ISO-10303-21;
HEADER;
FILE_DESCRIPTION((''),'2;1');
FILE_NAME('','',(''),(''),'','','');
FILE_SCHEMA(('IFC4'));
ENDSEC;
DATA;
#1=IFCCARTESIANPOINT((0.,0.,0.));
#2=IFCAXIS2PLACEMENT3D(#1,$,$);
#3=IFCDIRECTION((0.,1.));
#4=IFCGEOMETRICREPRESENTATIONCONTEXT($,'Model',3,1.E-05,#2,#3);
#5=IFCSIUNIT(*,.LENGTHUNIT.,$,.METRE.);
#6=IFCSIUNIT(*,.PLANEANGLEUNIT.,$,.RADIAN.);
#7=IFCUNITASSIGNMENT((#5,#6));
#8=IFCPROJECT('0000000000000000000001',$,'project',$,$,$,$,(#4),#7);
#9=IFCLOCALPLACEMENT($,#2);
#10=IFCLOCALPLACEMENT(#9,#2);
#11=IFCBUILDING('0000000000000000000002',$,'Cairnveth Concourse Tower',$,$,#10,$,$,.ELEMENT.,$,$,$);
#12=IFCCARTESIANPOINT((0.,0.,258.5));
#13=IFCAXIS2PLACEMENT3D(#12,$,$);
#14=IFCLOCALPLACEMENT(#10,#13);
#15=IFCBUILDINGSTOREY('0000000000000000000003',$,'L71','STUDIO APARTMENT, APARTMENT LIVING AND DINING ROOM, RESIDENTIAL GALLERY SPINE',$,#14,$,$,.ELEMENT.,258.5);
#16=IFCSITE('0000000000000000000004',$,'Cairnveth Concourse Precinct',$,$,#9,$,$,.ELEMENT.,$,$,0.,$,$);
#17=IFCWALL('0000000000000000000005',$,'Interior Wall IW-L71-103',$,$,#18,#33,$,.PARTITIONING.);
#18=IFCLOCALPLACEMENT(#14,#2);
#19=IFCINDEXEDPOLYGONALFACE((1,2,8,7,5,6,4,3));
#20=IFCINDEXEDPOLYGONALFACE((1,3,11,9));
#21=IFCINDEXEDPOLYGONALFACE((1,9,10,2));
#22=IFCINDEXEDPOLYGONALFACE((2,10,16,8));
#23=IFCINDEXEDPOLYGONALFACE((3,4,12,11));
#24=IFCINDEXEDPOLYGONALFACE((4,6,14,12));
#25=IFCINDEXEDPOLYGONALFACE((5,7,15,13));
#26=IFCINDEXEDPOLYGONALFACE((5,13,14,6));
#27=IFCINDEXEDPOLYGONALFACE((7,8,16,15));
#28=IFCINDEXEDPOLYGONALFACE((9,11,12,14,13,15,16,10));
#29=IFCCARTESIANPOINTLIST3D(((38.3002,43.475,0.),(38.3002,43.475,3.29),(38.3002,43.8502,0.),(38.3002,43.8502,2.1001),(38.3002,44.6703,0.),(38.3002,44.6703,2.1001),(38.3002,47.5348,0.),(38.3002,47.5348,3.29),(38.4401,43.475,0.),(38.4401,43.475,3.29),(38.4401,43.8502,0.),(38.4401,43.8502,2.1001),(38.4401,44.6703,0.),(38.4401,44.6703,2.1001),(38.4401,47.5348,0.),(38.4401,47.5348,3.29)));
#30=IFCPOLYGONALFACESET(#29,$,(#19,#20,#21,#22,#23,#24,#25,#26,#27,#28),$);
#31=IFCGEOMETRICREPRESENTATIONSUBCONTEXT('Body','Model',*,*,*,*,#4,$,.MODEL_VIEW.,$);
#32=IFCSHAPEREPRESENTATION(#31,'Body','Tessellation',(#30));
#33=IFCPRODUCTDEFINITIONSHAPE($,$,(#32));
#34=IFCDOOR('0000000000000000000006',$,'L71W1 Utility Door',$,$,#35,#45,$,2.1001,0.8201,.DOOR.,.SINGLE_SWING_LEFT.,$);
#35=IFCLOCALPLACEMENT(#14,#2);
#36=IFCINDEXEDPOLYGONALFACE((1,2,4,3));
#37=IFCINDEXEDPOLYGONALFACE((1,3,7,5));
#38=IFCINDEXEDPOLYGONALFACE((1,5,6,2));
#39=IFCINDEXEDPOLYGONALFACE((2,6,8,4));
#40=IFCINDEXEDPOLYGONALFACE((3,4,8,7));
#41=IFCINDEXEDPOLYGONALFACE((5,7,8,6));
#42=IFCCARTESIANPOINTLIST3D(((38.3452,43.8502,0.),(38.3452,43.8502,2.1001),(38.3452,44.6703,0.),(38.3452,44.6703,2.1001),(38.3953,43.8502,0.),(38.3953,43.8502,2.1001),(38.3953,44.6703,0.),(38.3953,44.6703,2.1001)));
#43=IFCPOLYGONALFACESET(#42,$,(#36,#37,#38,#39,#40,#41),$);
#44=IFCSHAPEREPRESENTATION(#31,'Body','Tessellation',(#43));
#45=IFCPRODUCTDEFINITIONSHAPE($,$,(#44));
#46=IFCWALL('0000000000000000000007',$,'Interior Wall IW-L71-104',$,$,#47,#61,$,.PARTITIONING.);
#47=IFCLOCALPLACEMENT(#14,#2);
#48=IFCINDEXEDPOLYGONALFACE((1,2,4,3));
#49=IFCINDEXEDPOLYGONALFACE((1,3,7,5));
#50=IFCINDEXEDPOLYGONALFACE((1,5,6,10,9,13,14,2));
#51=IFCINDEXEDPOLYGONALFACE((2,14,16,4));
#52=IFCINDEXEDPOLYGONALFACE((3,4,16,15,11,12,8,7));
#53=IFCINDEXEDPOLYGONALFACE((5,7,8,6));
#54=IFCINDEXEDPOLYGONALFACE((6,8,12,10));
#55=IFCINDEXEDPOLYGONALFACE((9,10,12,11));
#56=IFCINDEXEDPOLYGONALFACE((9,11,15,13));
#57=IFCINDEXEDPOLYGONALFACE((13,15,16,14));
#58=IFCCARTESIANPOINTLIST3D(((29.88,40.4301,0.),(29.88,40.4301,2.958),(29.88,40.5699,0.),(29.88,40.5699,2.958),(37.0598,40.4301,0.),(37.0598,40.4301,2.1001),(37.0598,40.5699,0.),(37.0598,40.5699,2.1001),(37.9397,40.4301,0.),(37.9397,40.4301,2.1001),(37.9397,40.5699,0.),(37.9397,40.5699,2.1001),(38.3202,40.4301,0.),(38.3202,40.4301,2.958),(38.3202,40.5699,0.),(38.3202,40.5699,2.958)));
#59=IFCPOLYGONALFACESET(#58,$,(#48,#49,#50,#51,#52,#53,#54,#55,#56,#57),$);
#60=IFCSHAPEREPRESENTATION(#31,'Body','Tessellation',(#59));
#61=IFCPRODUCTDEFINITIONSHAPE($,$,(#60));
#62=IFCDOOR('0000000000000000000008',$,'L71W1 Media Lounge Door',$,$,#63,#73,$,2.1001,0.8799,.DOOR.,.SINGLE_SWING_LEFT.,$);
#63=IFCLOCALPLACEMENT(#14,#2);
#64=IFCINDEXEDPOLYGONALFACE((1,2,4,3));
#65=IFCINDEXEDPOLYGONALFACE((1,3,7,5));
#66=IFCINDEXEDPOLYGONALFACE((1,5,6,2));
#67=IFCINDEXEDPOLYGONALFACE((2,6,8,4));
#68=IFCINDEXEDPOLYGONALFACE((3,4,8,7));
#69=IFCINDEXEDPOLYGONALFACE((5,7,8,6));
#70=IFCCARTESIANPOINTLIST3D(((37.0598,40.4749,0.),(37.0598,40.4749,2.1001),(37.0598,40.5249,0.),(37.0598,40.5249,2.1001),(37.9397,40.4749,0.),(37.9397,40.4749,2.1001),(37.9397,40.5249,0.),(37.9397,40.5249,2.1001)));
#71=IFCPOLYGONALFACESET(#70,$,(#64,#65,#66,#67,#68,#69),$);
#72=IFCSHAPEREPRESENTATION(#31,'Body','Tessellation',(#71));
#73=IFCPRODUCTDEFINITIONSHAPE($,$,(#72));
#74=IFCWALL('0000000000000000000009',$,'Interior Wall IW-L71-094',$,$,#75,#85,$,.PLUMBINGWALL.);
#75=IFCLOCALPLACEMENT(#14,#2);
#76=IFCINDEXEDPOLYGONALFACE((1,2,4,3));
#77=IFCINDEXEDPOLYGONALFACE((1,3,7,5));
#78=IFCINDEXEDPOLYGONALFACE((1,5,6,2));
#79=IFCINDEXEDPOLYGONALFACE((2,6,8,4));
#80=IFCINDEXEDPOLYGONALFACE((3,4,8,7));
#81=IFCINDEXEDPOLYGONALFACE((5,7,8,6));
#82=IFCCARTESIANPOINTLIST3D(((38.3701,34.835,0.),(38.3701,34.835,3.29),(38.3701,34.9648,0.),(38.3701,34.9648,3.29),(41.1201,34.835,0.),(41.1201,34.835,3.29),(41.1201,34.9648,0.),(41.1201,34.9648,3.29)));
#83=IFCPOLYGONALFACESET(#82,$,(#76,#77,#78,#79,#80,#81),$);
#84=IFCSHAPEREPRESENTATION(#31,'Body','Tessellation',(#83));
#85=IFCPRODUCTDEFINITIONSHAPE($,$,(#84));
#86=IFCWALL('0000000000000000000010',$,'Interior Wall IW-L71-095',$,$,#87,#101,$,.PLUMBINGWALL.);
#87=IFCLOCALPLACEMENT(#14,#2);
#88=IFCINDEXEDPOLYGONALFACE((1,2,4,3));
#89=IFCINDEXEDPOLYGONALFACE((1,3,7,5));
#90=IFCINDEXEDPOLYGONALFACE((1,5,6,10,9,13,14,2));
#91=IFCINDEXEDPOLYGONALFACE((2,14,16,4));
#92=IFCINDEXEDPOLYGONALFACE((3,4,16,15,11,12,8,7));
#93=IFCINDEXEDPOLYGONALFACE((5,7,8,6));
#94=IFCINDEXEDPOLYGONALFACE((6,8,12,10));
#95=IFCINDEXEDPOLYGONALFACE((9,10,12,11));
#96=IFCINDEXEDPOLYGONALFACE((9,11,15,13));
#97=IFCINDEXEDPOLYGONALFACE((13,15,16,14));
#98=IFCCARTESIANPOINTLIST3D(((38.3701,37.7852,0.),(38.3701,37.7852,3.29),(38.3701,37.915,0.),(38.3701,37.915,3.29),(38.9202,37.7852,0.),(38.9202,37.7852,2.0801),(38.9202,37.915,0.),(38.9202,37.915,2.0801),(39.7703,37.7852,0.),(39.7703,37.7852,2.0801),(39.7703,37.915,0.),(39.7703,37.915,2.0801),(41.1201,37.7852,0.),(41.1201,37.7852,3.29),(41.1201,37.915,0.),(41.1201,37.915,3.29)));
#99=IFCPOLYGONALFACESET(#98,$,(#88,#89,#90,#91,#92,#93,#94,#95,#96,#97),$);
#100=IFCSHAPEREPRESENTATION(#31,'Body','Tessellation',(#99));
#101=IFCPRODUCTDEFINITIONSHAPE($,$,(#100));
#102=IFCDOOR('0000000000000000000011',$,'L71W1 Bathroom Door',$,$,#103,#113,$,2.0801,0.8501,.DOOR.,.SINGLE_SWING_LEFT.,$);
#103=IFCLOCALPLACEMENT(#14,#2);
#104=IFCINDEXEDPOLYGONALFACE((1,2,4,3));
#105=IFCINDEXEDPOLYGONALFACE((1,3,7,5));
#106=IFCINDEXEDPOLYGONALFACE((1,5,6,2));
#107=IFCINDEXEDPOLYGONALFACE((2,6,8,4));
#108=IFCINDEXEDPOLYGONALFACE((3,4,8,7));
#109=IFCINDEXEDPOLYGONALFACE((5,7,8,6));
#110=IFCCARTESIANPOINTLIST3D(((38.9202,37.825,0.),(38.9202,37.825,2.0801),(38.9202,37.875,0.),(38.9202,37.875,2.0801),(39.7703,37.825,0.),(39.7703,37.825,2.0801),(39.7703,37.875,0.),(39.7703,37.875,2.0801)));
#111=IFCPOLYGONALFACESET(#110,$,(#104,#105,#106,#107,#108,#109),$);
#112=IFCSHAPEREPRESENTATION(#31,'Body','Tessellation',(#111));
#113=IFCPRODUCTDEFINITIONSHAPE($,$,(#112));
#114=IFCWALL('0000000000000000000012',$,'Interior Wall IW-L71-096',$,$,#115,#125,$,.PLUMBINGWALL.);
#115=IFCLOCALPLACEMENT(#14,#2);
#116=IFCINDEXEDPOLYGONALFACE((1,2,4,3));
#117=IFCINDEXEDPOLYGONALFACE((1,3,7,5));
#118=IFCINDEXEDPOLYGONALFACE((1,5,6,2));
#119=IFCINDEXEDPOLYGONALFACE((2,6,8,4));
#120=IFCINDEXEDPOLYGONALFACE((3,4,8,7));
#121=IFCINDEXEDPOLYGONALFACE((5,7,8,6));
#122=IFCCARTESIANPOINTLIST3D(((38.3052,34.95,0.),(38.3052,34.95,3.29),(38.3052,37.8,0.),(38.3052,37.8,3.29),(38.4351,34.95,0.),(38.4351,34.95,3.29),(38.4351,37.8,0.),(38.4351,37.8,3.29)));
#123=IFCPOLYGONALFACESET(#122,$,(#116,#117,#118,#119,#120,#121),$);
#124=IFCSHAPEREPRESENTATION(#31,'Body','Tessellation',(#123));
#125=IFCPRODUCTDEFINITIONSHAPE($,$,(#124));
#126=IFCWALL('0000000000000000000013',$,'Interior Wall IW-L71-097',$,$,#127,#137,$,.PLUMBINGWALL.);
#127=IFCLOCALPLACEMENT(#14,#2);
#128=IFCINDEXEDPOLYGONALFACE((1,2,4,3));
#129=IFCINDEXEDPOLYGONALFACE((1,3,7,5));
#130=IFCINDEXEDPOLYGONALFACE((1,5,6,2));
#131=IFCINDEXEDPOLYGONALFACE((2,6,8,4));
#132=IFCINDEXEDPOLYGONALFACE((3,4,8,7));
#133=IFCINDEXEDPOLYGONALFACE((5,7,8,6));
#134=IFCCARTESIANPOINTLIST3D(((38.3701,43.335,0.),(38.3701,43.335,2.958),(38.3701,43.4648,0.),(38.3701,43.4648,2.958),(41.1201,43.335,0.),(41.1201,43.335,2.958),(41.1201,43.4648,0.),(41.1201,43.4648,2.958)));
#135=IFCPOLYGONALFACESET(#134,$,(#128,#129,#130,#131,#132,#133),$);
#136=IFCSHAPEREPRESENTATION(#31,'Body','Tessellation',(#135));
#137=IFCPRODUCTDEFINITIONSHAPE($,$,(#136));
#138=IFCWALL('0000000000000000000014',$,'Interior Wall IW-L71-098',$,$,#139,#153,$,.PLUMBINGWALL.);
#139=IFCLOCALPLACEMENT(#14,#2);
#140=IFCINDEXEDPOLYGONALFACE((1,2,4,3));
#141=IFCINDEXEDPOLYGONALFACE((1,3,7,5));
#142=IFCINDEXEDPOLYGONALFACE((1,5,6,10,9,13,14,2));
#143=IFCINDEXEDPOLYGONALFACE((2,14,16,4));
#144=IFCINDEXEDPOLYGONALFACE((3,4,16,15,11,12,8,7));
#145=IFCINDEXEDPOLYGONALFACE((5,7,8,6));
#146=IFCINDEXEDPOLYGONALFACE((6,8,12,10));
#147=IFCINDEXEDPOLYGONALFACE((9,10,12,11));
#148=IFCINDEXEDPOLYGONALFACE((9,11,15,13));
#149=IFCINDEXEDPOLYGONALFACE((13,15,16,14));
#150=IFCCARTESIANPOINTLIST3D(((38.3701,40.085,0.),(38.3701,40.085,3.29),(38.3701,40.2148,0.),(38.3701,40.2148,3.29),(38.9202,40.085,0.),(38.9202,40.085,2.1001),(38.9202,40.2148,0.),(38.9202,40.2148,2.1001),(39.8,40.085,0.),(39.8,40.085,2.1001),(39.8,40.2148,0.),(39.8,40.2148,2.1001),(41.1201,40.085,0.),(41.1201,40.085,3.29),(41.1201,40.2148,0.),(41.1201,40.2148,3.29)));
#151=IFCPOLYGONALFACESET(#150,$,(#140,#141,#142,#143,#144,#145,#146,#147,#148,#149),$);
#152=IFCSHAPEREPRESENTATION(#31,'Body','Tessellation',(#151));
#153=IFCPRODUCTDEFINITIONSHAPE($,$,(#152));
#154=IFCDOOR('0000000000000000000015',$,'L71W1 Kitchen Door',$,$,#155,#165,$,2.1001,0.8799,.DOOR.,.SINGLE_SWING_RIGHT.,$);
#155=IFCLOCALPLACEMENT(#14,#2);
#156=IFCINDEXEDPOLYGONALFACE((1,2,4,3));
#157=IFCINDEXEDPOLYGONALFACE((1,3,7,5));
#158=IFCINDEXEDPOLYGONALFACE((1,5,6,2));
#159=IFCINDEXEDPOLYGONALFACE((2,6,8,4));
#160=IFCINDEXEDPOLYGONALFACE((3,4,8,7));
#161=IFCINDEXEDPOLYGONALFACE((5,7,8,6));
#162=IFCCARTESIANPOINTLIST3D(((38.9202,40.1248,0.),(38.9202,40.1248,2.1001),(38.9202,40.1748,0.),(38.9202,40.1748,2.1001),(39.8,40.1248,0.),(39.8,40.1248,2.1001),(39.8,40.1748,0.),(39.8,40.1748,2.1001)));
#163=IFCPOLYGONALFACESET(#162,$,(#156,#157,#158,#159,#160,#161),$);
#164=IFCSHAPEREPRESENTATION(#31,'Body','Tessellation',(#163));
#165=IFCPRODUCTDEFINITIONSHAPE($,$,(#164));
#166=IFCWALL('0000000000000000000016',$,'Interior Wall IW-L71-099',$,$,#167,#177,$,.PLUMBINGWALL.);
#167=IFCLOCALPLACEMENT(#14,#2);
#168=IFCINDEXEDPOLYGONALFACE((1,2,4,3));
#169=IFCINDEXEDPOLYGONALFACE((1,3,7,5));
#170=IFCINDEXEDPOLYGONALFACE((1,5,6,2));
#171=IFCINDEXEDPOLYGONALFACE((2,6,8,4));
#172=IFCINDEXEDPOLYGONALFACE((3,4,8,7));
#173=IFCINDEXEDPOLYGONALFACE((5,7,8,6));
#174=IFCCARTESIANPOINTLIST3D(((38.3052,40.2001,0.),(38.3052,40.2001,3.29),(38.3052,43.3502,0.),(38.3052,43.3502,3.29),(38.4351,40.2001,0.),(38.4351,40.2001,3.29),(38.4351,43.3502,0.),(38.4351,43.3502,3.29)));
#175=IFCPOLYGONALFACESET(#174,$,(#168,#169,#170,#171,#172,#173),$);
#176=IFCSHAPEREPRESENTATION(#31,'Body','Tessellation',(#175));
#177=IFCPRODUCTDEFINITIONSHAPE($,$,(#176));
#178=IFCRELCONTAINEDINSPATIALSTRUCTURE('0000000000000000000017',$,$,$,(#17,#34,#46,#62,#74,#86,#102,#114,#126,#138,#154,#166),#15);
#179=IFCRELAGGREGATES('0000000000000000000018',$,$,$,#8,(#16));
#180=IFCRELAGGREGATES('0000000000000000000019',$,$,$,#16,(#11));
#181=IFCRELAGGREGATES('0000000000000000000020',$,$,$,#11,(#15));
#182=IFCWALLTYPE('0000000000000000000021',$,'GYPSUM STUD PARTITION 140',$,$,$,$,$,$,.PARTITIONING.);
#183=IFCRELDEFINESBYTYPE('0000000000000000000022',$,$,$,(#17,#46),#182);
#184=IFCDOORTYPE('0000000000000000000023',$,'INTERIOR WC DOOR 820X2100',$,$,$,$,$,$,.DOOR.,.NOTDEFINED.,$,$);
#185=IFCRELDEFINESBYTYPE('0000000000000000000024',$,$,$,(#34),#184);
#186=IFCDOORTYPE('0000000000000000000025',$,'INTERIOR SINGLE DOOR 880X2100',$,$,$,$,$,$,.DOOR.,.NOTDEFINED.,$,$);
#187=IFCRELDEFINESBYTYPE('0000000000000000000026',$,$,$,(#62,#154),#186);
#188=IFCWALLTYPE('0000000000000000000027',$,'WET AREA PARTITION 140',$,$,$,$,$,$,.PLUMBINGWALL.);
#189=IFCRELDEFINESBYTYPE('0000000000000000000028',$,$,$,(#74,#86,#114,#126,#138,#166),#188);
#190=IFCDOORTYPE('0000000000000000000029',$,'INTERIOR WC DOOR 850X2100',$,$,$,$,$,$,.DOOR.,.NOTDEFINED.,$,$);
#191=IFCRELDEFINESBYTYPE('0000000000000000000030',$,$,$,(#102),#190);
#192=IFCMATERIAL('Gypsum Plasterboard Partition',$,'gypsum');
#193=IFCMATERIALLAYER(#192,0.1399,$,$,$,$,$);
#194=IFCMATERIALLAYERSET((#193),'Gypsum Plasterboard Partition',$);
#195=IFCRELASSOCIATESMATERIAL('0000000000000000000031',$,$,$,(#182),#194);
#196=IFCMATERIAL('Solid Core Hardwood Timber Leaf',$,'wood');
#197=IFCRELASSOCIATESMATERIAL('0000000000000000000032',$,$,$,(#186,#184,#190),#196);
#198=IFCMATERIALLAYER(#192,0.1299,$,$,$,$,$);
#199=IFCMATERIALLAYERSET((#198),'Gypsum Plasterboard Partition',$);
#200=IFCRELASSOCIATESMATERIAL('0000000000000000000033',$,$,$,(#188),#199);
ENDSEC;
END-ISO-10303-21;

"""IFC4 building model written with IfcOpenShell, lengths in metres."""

from ifc_helpers import new_model, si_unit, direction, frame, frame_2d, origin, place, context, subcontext, project, spatial, rectangle, extrude, material, layer, layer_set, type_object, element, fill, save


model = new_model("IFC4")

# Units and contexts
model_context = context("Model", 3, precision=1e-05, world=origin(), true_north=direction((0.0, 1.0)))
body_context = subcontext(model_context, "Body", "Model", "MODEL_VIEW")
ifc_project = project(units=[si_unit("LENGTHUNIT", "METRE"), si_unit("PLANEANGLEUNIT", "RADIAN")], contexts=[model_context])

# Site, building, storey
site_placement = place(None, origin())
site = spatial("IfcSite", under=ifc_project, at=site_placement, Name="Cairnveth Concourse Precinct", CompositionType="ELEMENT", RefElevation=0.0)
building_placement = place(site_placement, origin())
building = spatial("IfcBuilding", under=site, at=building_placement, Name="Cairnveth Concourse Tower", CompositionType="ELEMENT")
storey_placement = place(building_placement, frame((0.0, 0.0, 258.5)))
storey = spatial("IfcBuildingStorey", under=building, at=storey_placement, Name="L71", Description="STUDIO APARTMENT, APARTMENT LIVING AND DINING ROOM, RESIDENTIAL GALLERY SPINE", CompositionType="ELEMENT", Elevation=258.5)

# Walls, openings, doors
ifc_material_1 = material(Name="Gypsum Plasterboard Partition", Category="gypsum")
ifc_layer_1 = layer(ifc_material_1, 0.1399)
ifc_layer_set_1 = layer_set([ifc_layer_1], Name="Gypsum Plasterboard Partition")
wall_type_1 = type_object("IfcWallType", Name="GYPSUM STUD PARTITION 140", PredefinedType="PARTITIONING", material=ifc_layer_set_1)
ifc_material_2 = material(Name="Solid Core Hardwood Timber Leaf", Category="wood")
door_type_1 = type_object("IfcDoorType", Name="INTERIOR SINGLE DOOR 880X2100", OperationType="NOTDEFINED", PredefinedType="DOOR", material=ifc_material_2)
wall_1_placement = place(storey_placement, frame((38.3701, 43.4751, 0.0), z_axis=(0.0, 0.0, 1.0), x_axis=(0.0, 1.0, 0.0)))
wall_1 = element("IfcWall", 1, at=wall_1_placement, inside=storey, type_object=wall_type_1, Name="Interior Wall IW-L71-103", PredefinedType="PARTITIONING", context=body_context, shape_type="SweptSolid", body=[
    extrude(rectangle(XDim=4.0598, YDim=0.1399, at=frame_2d((2.0298, 0.0))), origin(), (0.0, 0.0, 1.0), 3.29),
])
opening_1_placement = place(wall_1_placement, frame((0.375, 0.0, 0.0)))
opening_1 = element("IfcOpeningElement", 2, at=opening_1_placement, cuts=wall_1, PredefinedType="OPENING", context=body_context, shape_type="SweptSolid", body=[
    extrude(rectangle(XDim=0.8201, YDim=2.1001, at=frame_2d((0.4102, 1.05))), frame((0.0, 0.0798, 0.0), z_axis=(0.0, -1.0, 0.0), x_axis=(1.0, 0.0, 0.0)), (0.0, 0.0, 1.0), 0.1599),
])
door_type_2 = type_object("IfcDoorType", Name="INTERIOR WC DOOR 820X2100", OperationType="NOTDEFINED", PredefinedType="DOOR", material=ifc_material_2)
door_1_placement = place(opening_1_placement, origin())
door_1 = element("IfcDoor", 3, at=door_1_placement, inside=storey, type_object=door_type_2, Name="L71W1 Utility Door", OperationType="SINGLE_SWING_LEFT", OverallHeight=2.1001, OverallWidth=0.8201, PredefinedType="DOOR", context=body_context, shape_type="SweptSolid", body=[
    extrude(rectangle(XDim=0.8201, YDim=2.1001, at=frame_2d((0.4102, 1.05))), frame((0.0, 0.0249, 0.0), z_axis=(0.0, -1.0, 0.0), x_axis=(1.0, 0.0, 0.0)), (0.0, 0.0, 1.0), 0.05),
])
fill(opening_1, door_1)
wall_2_placement = place(storey_placement, frame((29.8799, 40.5, 0.0), z_axis=(0.0, 0.0, 1.0), x_axis=(1.0, 0.0, 0.0)))
wall_2 = element("IfcWall", 4, at=wall_2_placement, inside=storey, type_object=wall_type_1, Name="Interior Wall IW-L71-104", PredefinedType="PARTITIONING", context=body_context, shape_type="SweptSolid", body=[
    extrude(rectangle(XDim=8.4402, YDim=0.1399, at=frame_2d((4.2202, 0.0))), origin(), (0.0, 0.0, 1.0), 2.958),
])
opening_2_placement = place(wall_2_placement, frame((7.1799, 0.0, 0.0)))
opening_2 = element("IfcOpeningElement", 5, at=opening_2_placement, cuts=wall_2, PredefinedType="OPENING", context=body_context, shape_type="SweptSolid", body=[
    extrude(rectangle(XDim=0.8799, YDim=2.1001, at=frame_2d((0.4399, 1.05))), frame((0.0, 0.0798, 0.0), z_axis=(0.0, -1.0, 0.0), x_axis=(1.0, 0.0, 0.0)), (0.0, 0.0, 1.0), 0.1599),
])
door_2_placement = place(opening_2_placement, origin())
door_2 = element("IfcDoor", 6, at=door_2_placement, inside=storey, type_object=door_type_1, Name="L71W1 Media Lounge Door", OperationType="SINGLE_SWING_LEFT", OverallHeight=2.1001, OverallWidth=0.8799, PredefinedType="DOOR", context=body_context, shape_type="SweptSolid", body=[
    extrude(rectangle(XDim=0.8799, YDim=2.1001, at=frame_2d((0.4399, 1.05))), frame((0.0, 0.0249, 0.0), z_axis=(0.0, -1.0, 0.0), x_axis=(1.0, 0.0, 0.0)), (0.0, 0.0, 1.0), 0.05),
])
fill(opening_2, door_2)

# Wall
ifc_layer_2 = layer(ifc_material_1, 0.1299)
ifc_layer_set_2 = layer_set([ifc_layer_2], Name="Gypsum Plasterboard Partition")
wall_type_2 = type_object("IfcWallType", Name="WET AREA PARTITION 140", PredefinedType="PLUMBINGWALL", material=ifc_layer_set_2)
wall_3_placement = place(storey_placement, frame((38.3701, 34.8999, 0.0), z_axis=(0.0, 0.0, 1.0), x_axis=(1.0, 0.0, 0.0)))
element("IfcWall", 7, at=wall_3_placement, inside=storey, type_object=wall_type_2, Name="Interior Wall IW-L71-094", PredefinedType="PLUMBINGWALL", context=body_context, shape_type="SweptSolid", body=[
    extrude(rectangle(XDim=2.75, YDim=0.1299, at=frame_2d((1.375, 0.0))), origin(), (0.0, 0.0, 1.0), 3.29),
])

# Wall, opening, door
wall_4_placement = place(storey_placement, frame((38.3701, 37.8501, 0.0), z_axis=(0.0, 0.0, 1.0), x_axis=(1.0, 0.0, 0.0)))
wall_4 = element("IfcWall", 8, at=wall_4_placement, inside=storey, type_object=wall_type_2, Name="Interior Wall IW-L71-095", PredefinedType="PLUMBINGWALL", context=body_context, shape_type="SweptSolid", body=[
    extrude(rectangle(XDim=2.75, YDim=0.1299, at=frame_2d((1.375, 0.0))), origin(), (0.0, 0.0, 1.0), 3.29),
])
opening_3_placement = place(wall_4_placement, frame((0.55, 0.0, 0.0)))
opening_3 = element("IfcOpeningElement", 9, at=opening_3_placement, cuts=wall_4, PredefinedType="OPENING", context=body_context, shape_type="SweptSolid", body=[
    extrude(rectangle(XDim=0.8501, YDim=2.0801, at=frame_2d((0.425, 1.04))), frame((0.0, 0.075, 0.0), z_axis=(0.0, -1.0, 0.0), x_axis=(1.0, 0.0, 0.0)), (0.0, 0.0, 1.0), 0.1499),
])
door_type_3 = type_object("IfcDoorType", Name="INTERIOR WC DOOR 850X2100", OperationType="NOTDEFINED", PredefinedType="DOOR", material=ifc_material_2)
door_3_placement = place(opening_3_placement, origin())
door_3 = element("IfcDoor", 10, at=door_3_placement, inside=storey, type_object=door_type_3, Name="L71W1 Bathroom Door", OperationType="SINGLE_SWING_LEFT", OverallHeight=2.0801, OverallWidth=0.8501, PredefinedType="DOOR", context=body_context, shape_type="SweptSolid", body=[
    extrude(rectangle(XDim=0.8501, YDim=2.0801, at=frame_2d((0.425, 1.04))), frame((0.0, 0.0249, 0.0), z_axis=(0.0, -1.0, 0.0), x_axis=(1.0, 0.0, 0.0)), (0.0, 0.0, 1.0), 0.05),
])
fill(opening_3, door_3)

# Walls
wall_5_placement = place(storey_placement, frame((38.3701, 34.95, 0.0), z_axis=(0.0, 0.0, 1.0), x_axis=(0.0, 1.0, 0.0)))
element("IfcWall", 11, at=wall_5_placement, inside=storey, type_object=wall_type_2, Name="Interior Wall IW-L71-096", PredefinedType="PLUMBINGWALL", context=body_context, shape_type="SweptSolid", body=[
    extrude(rectangle(XDim=2.8501, YDim=0.1299, at=frame_2d((1.425, 0.0))), origin(), (0.0, 0.0, 1.0), 3.29),
])
wall_6_placement = place(storey_placement, frame((38.3701, 43.3999, 0.0), z_axis=(0.0, 0.0, 1.0), x_axis=(1.0, 0.0, 0.0)))
element("IfcWall", 12, at=wall_6_placement, inside=storey, type_object=wall_type_2, Name="Interior Wall IW-L71-097", PredefinedType="PLUMBINGWALL", context=body_context, shape_type="SweptSolid", body=[
    extrude(rectangle(XDim=2.75, YDim=0.1299, at=frame_2d((1.375, 0.0))), origin(), (0.0, 0.0, 1.0), 2.958),
])

# Wall, opening, door
wall_7_placement = place(storey_placement, frame((38.3701, 40.1499, 0.0), z_axis=(0.0, 0.0, 1.0), x_axis=(1.0, 0.0, 0.0)))
wall_7 = element("IfcWall", 13, at=wall_7_placement, inside=storey, type_object=wall_type_2, Name="Interior Wall IW-L71-098", PredefinedType="PLUMBINGWALL", context=body_context, shape_type="SweptSolid", body=[
    extrude(rectangle(XDim=2.75, YDim=0.1299, at=frame_2d((1.375, 0.0))), origin(), (0.0, 0.0, 1.0), 3.29),
])
opening_4_placement = place(wall_7_placement, frame((0.55, 0.0, 0.0)))
opening_4 = element("IfcOpeningElement", 14, at=opening_4_placement, cuts=wall_7, PredefinedType="OPENING", context=body_context, shape_type="SweptSolid", body=[
    extrude(rectangle(XDim=0.8799, YDim=2.1001, at=frame_2d((0.4399, 1.05))), frame((0.0, 0.075, 0.0), z_axis=(0.0, -1.0, 0.0), x_axis=(1.0, 0.0, 0.0)), (0.0, 0.0, 1.0), 0.1499),
])
door_4_placement = place(opening_4_placement, origin())
door_4 = element("IfcDoor", 15, at=door_4_placement, inside=storey, type_object=door_type_1, Name="L71W1 Kitchen Door", OperationType="SINGLE_SWING_RIGHT", OverallHeight=2.1001, OverallWidth=0.8799, PredefinedType="DOOR", context=body_context, shape_type="SweptSolid", body=[
    extrude(rectangle(XDim=0.8799, YDim=2.1001, at=frame_2d((0.4399, 1.05))), frame((0.0, 0.0249, 0.0), z_axis=(0.0, -1.0, 0.0), x_axis=(1.0, 0.0, 0.0)), (0.0, 0.0, 1.0), 0.05),
])
fill(opening_4, door_4)

# Wall
wall_8_placement = place(storey_placement, frame((38.3701, 40.2, 0.0), z_axis=(0.0, 0.0, 1.0), x_axis=(0.0, 1.0, 0.0)))
element("IfcWall", 16, at=wall_8_placement, inside=storey, type_object=wall_type_2, Name="Interior Wall IW-L71-099", PredefinedType="PLUMBINGWALL", context=body_context, shape_type="SweptSolid", body=[
    extrude(rectangle(XDim=3.1501, YDim=0.1299, at=frame_2d((1.5752, 0.0))), origin(), (0.0, 0.0, 1.0), 3.29),
])

save(model, "model.ifc")
